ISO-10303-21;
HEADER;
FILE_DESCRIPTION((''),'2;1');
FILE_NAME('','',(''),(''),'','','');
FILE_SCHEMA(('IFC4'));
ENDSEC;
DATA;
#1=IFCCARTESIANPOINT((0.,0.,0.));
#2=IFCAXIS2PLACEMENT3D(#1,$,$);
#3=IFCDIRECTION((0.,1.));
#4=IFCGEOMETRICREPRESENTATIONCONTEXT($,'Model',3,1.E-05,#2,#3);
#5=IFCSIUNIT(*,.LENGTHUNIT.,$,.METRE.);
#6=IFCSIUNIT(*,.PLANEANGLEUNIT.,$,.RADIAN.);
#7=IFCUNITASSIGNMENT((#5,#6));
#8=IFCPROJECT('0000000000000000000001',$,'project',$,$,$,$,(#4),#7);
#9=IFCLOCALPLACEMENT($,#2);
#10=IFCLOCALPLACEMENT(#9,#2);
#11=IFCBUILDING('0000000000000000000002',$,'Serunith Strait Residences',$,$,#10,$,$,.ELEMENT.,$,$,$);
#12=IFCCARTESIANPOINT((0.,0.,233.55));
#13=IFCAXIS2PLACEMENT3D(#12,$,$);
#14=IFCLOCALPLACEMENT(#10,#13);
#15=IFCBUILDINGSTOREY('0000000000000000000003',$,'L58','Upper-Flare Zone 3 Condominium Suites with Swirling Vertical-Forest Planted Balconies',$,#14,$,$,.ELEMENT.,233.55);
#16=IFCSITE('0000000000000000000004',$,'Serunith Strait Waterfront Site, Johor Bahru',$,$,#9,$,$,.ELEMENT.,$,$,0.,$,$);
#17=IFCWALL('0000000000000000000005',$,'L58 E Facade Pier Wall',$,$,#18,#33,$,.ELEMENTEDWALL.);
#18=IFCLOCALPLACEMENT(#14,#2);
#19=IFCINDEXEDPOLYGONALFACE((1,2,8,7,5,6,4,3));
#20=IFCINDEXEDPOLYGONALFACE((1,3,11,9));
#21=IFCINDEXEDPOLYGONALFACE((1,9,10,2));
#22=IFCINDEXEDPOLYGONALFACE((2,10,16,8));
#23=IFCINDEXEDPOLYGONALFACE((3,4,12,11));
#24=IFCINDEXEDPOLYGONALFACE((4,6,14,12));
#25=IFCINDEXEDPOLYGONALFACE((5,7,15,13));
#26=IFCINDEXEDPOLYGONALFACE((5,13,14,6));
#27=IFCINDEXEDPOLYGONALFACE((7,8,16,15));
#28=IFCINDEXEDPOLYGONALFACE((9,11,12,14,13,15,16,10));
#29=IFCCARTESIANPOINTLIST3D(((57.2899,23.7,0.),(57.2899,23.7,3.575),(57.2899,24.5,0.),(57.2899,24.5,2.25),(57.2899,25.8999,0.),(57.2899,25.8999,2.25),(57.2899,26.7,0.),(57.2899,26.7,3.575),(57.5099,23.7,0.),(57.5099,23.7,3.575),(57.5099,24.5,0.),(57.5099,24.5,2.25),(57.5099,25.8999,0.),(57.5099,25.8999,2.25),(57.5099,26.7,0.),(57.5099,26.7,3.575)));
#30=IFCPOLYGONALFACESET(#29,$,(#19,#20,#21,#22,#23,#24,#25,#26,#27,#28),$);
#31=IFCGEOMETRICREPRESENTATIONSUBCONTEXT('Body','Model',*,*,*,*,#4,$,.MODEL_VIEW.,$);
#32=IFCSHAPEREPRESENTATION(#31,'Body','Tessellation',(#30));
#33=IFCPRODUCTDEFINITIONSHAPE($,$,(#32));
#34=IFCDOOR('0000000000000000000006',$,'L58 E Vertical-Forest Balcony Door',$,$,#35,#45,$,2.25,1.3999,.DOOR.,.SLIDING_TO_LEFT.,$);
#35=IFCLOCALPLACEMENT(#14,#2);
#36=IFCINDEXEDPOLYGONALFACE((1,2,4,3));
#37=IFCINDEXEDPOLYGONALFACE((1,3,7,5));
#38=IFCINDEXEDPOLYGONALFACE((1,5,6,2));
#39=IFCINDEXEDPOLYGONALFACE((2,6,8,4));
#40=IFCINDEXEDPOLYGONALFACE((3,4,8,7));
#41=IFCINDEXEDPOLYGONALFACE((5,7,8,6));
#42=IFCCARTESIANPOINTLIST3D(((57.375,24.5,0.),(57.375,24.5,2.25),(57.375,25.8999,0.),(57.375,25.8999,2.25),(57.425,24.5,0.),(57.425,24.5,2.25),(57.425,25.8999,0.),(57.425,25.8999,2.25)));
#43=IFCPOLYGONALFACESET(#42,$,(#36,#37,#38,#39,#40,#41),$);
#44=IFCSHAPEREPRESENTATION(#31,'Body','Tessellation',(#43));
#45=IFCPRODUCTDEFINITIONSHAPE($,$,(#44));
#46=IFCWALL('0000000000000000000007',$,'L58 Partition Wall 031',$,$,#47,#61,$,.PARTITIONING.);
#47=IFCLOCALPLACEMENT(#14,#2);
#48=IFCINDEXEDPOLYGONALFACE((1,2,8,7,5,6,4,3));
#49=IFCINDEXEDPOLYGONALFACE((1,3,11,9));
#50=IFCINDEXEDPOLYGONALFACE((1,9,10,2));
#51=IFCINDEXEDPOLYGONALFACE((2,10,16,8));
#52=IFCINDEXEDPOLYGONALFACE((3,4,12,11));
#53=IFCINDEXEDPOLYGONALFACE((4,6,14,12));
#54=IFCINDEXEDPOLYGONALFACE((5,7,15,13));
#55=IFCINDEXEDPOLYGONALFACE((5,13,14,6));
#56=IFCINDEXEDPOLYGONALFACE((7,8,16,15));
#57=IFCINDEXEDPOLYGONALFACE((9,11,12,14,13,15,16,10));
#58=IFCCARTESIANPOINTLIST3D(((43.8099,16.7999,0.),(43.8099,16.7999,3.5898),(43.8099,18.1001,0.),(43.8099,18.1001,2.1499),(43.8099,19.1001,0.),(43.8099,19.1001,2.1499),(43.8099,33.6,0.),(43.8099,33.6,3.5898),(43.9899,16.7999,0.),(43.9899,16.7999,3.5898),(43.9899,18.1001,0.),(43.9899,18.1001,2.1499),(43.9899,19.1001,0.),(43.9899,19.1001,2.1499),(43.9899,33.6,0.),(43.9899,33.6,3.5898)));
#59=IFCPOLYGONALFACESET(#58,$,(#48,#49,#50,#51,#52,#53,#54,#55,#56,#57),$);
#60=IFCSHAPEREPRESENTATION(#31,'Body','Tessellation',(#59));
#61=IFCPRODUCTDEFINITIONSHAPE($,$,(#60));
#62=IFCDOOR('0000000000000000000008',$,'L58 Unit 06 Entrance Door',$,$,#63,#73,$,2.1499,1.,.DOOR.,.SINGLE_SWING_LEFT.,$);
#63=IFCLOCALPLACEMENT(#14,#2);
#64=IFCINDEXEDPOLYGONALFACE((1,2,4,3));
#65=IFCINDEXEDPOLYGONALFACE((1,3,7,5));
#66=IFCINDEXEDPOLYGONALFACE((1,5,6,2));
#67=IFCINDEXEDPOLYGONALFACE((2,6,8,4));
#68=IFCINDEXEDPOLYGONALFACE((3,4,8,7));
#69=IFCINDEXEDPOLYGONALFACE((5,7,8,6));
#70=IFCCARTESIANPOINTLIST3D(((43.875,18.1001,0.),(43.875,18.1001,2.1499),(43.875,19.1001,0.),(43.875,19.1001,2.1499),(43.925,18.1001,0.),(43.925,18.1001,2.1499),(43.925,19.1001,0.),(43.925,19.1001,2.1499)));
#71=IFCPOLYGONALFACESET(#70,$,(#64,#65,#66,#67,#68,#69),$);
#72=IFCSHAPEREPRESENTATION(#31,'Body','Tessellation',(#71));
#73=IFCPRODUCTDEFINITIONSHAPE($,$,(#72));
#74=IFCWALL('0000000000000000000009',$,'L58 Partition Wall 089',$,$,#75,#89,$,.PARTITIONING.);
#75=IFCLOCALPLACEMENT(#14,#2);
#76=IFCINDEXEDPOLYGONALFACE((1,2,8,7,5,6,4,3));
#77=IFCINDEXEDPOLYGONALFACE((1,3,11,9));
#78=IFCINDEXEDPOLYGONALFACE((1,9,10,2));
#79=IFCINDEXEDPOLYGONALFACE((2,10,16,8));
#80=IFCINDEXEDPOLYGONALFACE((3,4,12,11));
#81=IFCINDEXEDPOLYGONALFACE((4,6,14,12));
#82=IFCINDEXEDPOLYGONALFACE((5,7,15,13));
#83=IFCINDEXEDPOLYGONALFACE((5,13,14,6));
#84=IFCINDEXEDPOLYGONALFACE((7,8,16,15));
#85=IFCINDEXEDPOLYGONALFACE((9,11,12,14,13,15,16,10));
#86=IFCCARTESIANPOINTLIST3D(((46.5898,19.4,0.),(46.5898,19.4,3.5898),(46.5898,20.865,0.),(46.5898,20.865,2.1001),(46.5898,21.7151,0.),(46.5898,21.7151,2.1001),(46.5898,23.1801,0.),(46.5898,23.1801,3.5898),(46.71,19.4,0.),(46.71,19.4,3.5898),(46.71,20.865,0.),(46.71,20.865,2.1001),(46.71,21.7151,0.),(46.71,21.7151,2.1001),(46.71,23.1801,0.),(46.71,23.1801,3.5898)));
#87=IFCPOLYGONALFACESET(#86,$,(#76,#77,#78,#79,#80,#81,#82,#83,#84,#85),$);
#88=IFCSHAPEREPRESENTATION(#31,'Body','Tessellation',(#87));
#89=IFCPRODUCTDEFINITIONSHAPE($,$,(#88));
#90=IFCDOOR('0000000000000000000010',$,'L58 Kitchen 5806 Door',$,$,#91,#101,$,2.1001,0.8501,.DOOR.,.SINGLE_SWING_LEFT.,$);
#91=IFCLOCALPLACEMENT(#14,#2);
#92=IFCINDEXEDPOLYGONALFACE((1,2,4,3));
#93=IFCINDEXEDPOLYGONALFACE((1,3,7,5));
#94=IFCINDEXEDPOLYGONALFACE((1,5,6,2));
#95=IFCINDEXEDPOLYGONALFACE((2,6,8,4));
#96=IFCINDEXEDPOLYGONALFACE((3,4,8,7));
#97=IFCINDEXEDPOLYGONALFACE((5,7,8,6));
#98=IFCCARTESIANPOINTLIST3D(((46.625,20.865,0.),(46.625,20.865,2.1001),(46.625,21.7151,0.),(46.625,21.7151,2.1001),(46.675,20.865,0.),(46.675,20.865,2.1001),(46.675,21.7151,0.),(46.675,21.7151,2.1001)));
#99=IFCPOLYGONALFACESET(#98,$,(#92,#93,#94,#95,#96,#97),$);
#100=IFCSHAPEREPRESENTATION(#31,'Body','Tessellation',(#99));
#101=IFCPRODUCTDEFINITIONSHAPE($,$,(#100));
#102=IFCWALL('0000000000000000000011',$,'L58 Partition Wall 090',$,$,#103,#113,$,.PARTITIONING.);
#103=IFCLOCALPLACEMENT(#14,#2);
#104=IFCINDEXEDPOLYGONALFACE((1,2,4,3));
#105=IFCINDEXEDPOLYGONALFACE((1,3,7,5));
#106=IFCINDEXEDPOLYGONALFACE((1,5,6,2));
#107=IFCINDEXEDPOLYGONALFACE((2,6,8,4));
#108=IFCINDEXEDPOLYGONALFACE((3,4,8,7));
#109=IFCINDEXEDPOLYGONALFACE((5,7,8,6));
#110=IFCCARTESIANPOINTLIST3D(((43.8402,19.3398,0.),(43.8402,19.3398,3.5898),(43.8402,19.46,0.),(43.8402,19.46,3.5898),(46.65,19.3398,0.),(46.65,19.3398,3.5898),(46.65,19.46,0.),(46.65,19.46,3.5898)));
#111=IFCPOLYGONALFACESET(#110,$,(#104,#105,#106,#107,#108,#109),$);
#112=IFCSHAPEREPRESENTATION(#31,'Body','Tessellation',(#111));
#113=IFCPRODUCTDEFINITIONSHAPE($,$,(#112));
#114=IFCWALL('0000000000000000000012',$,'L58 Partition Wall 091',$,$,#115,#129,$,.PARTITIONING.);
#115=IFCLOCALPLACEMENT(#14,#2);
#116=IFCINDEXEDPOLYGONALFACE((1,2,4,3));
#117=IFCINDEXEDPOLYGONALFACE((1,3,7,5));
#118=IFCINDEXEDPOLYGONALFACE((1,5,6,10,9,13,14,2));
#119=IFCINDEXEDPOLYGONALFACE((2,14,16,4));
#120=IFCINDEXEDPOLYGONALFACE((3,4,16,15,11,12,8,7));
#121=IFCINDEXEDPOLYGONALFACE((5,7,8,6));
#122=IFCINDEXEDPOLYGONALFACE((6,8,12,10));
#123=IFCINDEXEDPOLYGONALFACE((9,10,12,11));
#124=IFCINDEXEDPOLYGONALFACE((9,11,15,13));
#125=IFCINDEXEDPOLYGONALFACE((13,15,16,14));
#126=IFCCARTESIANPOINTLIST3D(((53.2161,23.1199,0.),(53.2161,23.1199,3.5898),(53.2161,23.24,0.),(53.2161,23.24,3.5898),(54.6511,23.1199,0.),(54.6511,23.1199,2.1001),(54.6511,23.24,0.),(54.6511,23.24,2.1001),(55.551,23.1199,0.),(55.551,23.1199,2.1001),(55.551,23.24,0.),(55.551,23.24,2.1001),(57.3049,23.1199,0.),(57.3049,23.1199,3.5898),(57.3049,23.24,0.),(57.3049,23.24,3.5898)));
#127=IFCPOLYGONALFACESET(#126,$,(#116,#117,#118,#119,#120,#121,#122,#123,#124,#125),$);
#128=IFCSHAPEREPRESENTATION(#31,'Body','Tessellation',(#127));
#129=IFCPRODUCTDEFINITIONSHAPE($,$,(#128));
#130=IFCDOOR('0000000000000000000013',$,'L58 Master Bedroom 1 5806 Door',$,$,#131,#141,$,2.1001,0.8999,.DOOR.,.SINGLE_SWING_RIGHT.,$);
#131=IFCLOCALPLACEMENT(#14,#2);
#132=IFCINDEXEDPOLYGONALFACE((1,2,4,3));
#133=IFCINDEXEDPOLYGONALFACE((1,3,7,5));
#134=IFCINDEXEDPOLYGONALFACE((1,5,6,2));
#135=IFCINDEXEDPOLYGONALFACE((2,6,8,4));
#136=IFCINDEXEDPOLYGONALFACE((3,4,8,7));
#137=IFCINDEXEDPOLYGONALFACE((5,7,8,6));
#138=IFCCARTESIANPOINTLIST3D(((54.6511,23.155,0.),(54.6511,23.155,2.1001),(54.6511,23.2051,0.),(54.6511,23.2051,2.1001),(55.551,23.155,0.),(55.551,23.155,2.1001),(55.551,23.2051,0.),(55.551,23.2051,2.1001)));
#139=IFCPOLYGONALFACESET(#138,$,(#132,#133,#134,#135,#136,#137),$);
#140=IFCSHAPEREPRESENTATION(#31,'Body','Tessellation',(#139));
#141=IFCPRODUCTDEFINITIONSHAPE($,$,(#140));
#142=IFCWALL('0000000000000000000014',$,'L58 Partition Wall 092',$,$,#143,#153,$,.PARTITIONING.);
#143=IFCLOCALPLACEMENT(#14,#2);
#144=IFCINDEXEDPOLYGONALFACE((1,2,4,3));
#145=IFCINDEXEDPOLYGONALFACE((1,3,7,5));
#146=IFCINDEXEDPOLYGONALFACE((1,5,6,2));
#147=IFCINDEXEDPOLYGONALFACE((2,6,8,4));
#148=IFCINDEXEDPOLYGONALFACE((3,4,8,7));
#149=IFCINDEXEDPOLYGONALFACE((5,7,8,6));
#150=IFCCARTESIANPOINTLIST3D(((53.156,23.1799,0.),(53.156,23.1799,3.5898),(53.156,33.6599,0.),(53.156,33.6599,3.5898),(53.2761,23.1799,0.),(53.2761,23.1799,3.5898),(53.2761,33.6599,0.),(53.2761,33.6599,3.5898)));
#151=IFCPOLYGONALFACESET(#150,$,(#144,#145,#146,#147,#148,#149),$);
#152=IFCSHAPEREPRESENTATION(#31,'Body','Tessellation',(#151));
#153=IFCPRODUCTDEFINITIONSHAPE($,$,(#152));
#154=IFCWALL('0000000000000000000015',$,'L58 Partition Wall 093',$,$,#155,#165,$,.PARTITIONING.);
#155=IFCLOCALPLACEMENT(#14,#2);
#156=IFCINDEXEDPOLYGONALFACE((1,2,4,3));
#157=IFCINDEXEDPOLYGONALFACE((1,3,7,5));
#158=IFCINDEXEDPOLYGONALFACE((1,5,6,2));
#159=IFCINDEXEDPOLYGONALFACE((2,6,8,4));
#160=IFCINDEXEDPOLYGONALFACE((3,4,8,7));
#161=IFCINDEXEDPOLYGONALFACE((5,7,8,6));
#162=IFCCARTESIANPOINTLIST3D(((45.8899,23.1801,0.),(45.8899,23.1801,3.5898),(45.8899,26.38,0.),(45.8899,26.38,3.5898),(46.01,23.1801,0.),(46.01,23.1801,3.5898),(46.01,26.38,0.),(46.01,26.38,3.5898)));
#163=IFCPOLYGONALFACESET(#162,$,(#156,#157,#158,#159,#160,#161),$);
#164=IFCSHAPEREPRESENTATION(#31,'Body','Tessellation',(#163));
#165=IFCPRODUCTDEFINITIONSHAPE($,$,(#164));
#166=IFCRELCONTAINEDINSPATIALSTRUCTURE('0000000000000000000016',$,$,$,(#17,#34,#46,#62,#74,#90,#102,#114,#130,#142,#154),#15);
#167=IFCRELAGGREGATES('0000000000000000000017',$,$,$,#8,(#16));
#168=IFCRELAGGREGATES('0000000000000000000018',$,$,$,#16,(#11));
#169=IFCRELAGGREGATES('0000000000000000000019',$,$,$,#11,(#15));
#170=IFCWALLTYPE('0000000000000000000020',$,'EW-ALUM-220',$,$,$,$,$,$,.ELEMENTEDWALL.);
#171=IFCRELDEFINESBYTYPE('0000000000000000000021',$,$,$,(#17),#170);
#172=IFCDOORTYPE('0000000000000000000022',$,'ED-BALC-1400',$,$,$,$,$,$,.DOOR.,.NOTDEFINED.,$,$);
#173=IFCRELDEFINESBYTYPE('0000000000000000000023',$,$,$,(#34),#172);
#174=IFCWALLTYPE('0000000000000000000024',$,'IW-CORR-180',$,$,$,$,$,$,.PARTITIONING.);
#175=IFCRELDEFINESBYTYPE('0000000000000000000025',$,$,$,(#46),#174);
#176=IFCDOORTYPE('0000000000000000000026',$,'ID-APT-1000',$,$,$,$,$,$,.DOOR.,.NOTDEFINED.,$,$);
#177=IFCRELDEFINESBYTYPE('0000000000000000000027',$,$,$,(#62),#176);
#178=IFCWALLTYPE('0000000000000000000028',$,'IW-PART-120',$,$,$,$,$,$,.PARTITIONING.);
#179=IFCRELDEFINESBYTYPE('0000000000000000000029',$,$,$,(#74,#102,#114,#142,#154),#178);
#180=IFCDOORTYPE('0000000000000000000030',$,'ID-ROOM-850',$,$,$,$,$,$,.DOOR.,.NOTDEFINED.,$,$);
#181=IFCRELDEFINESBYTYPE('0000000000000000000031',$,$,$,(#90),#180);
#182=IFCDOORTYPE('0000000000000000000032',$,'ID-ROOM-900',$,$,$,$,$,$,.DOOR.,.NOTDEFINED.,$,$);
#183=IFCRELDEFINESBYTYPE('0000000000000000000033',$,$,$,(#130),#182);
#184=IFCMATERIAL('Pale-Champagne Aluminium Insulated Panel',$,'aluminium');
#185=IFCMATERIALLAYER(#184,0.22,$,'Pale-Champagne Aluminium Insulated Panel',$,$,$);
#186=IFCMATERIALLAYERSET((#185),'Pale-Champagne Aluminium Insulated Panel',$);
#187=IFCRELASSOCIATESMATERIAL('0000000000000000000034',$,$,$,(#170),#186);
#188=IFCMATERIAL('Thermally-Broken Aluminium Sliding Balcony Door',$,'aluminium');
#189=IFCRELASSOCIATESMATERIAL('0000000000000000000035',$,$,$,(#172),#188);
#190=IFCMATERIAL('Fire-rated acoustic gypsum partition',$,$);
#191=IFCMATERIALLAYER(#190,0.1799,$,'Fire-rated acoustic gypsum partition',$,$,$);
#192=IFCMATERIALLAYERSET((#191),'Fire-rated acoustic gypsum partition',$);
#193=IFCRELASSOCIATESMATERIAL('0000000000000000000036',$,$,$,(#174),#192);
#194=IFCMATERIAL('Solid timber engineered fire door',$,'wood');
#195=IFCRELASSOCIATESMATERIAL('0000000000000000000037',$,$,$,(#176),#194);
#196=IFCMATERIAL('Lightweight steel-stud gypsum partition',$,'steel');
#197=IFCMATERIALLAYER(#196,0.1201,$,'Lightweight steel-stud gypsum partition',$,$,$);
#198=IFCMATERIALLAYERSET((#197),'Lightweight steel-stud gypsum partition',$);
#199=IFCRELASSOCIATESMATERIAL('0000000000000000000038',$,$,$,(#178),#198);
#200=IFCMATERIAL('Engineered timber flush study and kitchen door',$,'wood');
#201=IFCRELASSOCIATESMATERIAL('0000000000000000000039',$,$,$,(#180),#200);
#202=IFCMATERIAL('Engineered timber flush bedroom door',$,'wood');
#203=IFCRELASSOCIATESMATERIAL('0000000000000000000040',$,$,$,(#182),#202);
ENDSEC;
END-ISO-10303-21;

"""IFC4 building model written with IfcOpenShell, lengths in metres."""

from ifc_helpers import new_model, si_unit, direction, frame, frame_2d, origin, place, context, subcontext, project, spatial, rectangle, extrude, source, transform, mapped, material, layer, layer_set, type_object, element, fill, save


model = new_model("IFC4")

# Units and contexts
model_context = context("Model", 3, precision=1e-05, world=origin(), true_north=direction((0.0, 1.0)))
body_context = subcontext(model_context, "Body", "Model", "MODEL_VIEW")
ifc_project = project(units=[si_unit("LENGTHUNIT", "METRE"), si_unit("PLANEANGLEUNIT", "RADIAN")], contexts=[model_context])

# Site, building, storey
site_placement = place(None, origin())
site = spatial("IfcSite", under=ifc_project, at=site_placement, Name="Serunith Strait Waterfront Site, Johor Bahru", CompositionType="ELEMENT", RefElevation=0.0)
building_placement = place(site_placement, origin())
building = spatial("IfcBuilding", under=site, at=building_placement, Name="Serunith Strait Residences", CompositionType="ELEMENT")
storey_placement = place(building_placement, frame((0.0, 0.0, 233.55)))
storey = spatial("IfcBuildingStorey", under=building, at=storey_placement, Name="L58", Description="Upper-Flare Zone 3 Condominium Suites with Swirling Vertical-Forest Planted Balconies", CompositionType="ELEMENT", Elevation=233.55)

# Walls, openings, doors
ifc_material_1 = material(Name="Pale-Champagne Aluminium Insulated Panel", Category="aluminium")
ifc_layer_1 = layer(ifc_material_1, 0.22, Name="Pale-Champagne Aluminium Insulated Panel")
ifc_layer_set_1 = layer_set([ifc_layer_1], Name="Pale-Champagne Aluminium Insulated Panel")
wall_type_1 = type_object("IfcWallType", Name="EW-ALUM-220", PredefinedType="ELEMENTEDWALL", material=ifc_layer_set_1)
wall_1_placement = place(storey_placement, frame((57.3999, 23.7, 0.0), z_axis=(0.0, 0.0, 1.0), x_axis=(0.0, 1.0, 0.0)))
wall_1 = element("IfcWall", 1, at=wall_1_placement, inside=storey, type_object=wall_type_1, Name="L58 E Facade Pier Wall", PredefinedType="ELEMENTEDWALL", context=body_context, shape_type="SweptSolid", body=[
    extrude(rectangle(XDim=3.0, YDim=0.22, at=frame_2d((1.5, 0.0))), origin(), (0.0, 0.0, 1.0), 3.575),
])
opening_1_placement = place(wall_1_placement, frame((0.8, 0.0, 0.0)))
opening_1 = element("IfcOpeningElement", 2, at=opening_1_placement, cuts=wall_1, PredefinedType="OPENING", context=body_context, shape_type="SweptSolid", body=[
    extrude(rectangle(XDim=1.3999, YDim=2.25, at=frame_2d((0.7, 1.125))), frame((0.0, 0.1201, 0.0), z_axis=(0.0, -1.0, 0.0), x_axis=(1.0, 0.0, 0.0)), (0.0, 0.0, 1.0), 0.24),
])
ifc_material_2 = material(Name="Thermally-Broken Aluminium Sliding Balcony Door", Category="aluminium")
door_type_1 = type_object("IfcDoorType", Name="ED-BALC-1400", OperationType="NOTDEFINED", PredefinedType="DOOR", material=ifc_material_2)
shared_shape_1 = source(origin(), body_context, "Body", "SweptSolid", [
    extrude(rectangle(XDim=1.3999, YDim=2.25, at=frame_2d((0.7, 1.125))), frame((0.0, 0.0249, 0.0), z_axis=(0.0, -1.0, 0.0), x_axis=(1.0, 0.0, 0.0)), (0.0, 0.0, 1.0), 0.05),
])
door_1_placement = place(opening_1_placement, origin())
door_1 = element("IfcDoor", 3, at=door_1_placement, inside=storey, type_object=door_type_1, Name="L58 E Vertical-Forest Balcony Door", OperationType="SLIDING_TO_LEFT", OverallHeight=2.25, OverallWidth=1.3999, PredefinedType="DOOR", context=body_context, shape_type="MappedRepresentation", body=[
    mapped(shared_shape_1, transform((0.0, 0.0, 0.0), scale=1.0)),
])
fill(opening_1, door_1)
ifc_material_3 = material(Name="Fire-rated acoustic gypsum partition")
ifc_layer_2 = layer(ifc_material_3, 0.1799, Name="Fire-rated acoustic gypsum partition")
ifc_layer_set_2 = layer_set([ifc_layer_2], Name="Fire-rated acoustic gypsum partition")
wall_type_2 = type_object("IfcWallType", Name="IW-CORR-180", PredefinedType="PARTITIONING", material=ifc_layer_set_2)
wall_2_placement = place(storey_placement, frame((43.8999, 16.8, 0.0), z_axis=(0.0, 0.0, 1.0), x_axis=(0.0, 1.0, 0.0)))
wall_2 = element("IfcWall", 4, at=wall_2_placement, inside=storey, type_object=wall_type_2, Name="L58 Partition Wall 031", PredefinedType="PARTITIONING", context=body_context, shape_type="SweptSolid", body=[
    extrude(rectangle(XDim=16.8, YDim=0.1799, at=frame_2d((8.3999, 0.0))), origin(), (0.0, 0.0, 1.0), 3.5898),
])
opening_2_placement = place(wall_2_placement, frame((1.3, 0.0, 0.0)))
opening_2 = element("IfcOpeningElement", 5, at=opening_2_placement, cuts=wall_2, PredefinedType="OPENING", context=body_context, shape_type="SweptSolid", body=[
    extrude(rectangle(XDim=1.0, YDim=2.1499, at=frame_2d((0.5, 1.075))), frame((0.0, 0.1001, 0.0), z_axis=(0.0, -1.0, 0.0), x_axis=(1.0, 0.0, 0.0)), (0.0, 0.0, 1.0), 0.2),
])
ifc_material_4 = material(Name="Solid timber engineered fire door", Category="wood")
door_type_2 = type_object("IfcDoorType", Name="ID-APT-1000", OperationType="NOTDEFINED", PredefinedType="DOOR", material=ifc_material_4)
shared_shape_2 = source(origin(), body_context, "Body", "SweptSolid", [
    extrude(rectangle(XDim=1.0, YDim=2.1499, at=frame_2d((0.5, 1.075))), frame((0.0, 0.0249, 0.0), z_axis=(0.0, -1.0, 0.0), x_axis=(1.0, 0.0, 0.0)), (0.0, 0.0, 1.0), 0.05),
])
door_2_placement = place(opening_2_placement, origin())
door_2 = element("IfcDoor", 6, at=door_2_placement, inside=storey, type_object=door_type_2, Name="L58 Unit 06 Entrance Door", OperationType="SINGLE_SWING_LEFT", OverallHeight=2.1499, OverallWidth=1.0, PredefinedType="DOOR", context=body_context, shape_type="MappedRepresentation", body=[
    mapped(shared_shape_2, transform((0.0, 0.0, 0.0), scale=1.0)),
])
fill(opening_2, door_2)
ifc_material_5 = material(Name="Lightweight steel-stud gypsum partition", Category="steel")
ifc_layer_3 = layer(ifc_material_5, 0.1201, Name="Lightweight steel-stud gypsum partition")
ifc_layer_set_3 = layer_set([ifc_layer_3], Name="Lightweight steel-stud gypsum partition")
wall_type_3 = type_object("IfcWallType", Name="IW-PART-120", PredefinedType="PARTITIONING", material=ifc_layer_set_3)
wall_3_placement = place(storey_placement, frame((46.6499, 19.3999, 0.0), z_axis=(0.0, 0.0, 1.0), x_axis=(0.0, 1.0, 0.0)))
wall_3 = element("IfcWall", 7, at=wall_3_placement, inside=storey, type_object=wall_type_3, Name="L58 Partition Wall 089", PredefinedType="PARTITIONING", context=body_context, shape_type="SweptSolid", body=[
    extrude(rectangle(XDim=3.78, YDim=0.1201, at=frame_2d((1.8901, 0.0))), origin(), (0.0, 0.0, 1.0), 3.5898),
])
opening_3_placement = place(wall_3_placement, frame((1.4651, 0.0, 0.0)))
opening_3 = element("IfcOpeningElement", 8, at=opening_3_placement, cuts=wall_3, PredefinedType="OPENING", context=body_context, shape_type="SweptSolid", body=[
    extrude(rectangle(XDim=0.8501, YDim=2.1001, at=frame_2d((0.425, 1.05))), frame((0.0, 0.0701, 0.0), z_axis=(0.0, -1.0, 0.0), x_axis=(1.0, 0.0, 0.0)), (0.0, 0.0, 1.0), 0.1401),
])
ifc_material_6 = material(Name="Engineered timber flush study and kitchen door", Category="wood")
door_type_3 = type_object("IfcDoorType", Name="ID-ROOM-850", OperationType="NOTDEFINED", PredefinedType="DOOR", material=ifc_material_6)
shared_shape_3 = source(origin(), body_context, "Body", "SweptSolid", [
    extrude(rectangle(XDim=0.8501, YDim=2.1001, at=frame_2d((0.425, 1.05))), frame((0.0, 0.0249, 0.0), z_axis=(0.0, -1.0, 0.0), x_axis=(1.0, 0.0, 0.0)), (0.0, 0.0, 1.0), 0.05),
])
door_3_placement = place(opening_3_placement, origin())
door_3 = element("IfcDoor", 9, at=door_3_placement, inside=storey, type_object=door_type_3, Name="L58 Kitchen 5806 Door", OperationType="SINGLE_SWING_LEFT", OverallHeight=2.1001, OverallWidth=0.8501, PredefinedType="DOOR", context=body_context, shape_type="MappedRepresentation", body=[
    mapped(shared_shape_3, transform((0.0, 0.0, 0.0), scale=1.0)),
])
fill(opening_3, door_3)

# Wall
wall_4_placement = place(storey_placement, frame((46.6499, 19.3999, 0.0), z_axis=(0.0, 0.0, 1.0), x_axis=(-1.0, 0.0, 0.0)))
element("IfcWall", 10, at=wall_4_placement, inside=storey, type_object=wall_type_3, Name="L58 Partition Wall 090", PredefinedType="PARTITIONING", context=body_context, shape_type="SweptSolid", body=[
    extrude(rectangle(XDim=2.8098, YDim=0.1201, at=frame_2d((1.4048, 0.0))), origin(), (0.0, 0.0, 1.0), 3.5898),
])

# Wall, opening, door
wall_5_placement = place(storey_placement, frame((57.3049, 23.1799, 0.0), z_axis=(0.0, 0.0, 1.0), x_axis=(-1.0, 0.0, 0.0)))
wall_5 = element("IfcWall", 11, at=wall_5_placement, inside=storey, type_object=wall_type_3, Name="L58 Partition Wall 091", PredefinedType="PARTITIONING", context=body_context, shape_type="SweptSolid", body=[
    extrude(rectangle(XDim=4.0889, YDim=0.1201, at=frame_2d((2.0444, 0.0))), origin(), (0.0, 0.0, 1.0), 3.5898),
])
opening_4_placement = place(wall_5_placement, frame((1.7539, 0.0, 0.0)))
opening_4 = element("IfcOpeningElement", 12, at=opening_4_placement, cuts=wall_5, PredefinedType="OPENING", context=body_context, shape_type="SweptSolid", body=[
    extrude(rectangle(XDim=0.8999, YDim=2.1001, at=frame_2d((0.45, 1.05))), frame((0.0, 0.0701, 0.0), z_axis=(0.0, -1.0, 0.0), x_axis=(1.0, 0.0, 0.0)), (0.0, 0.0, 1.0), 0.1401),
])
ifc_material_7 = material(Name="Engineered timber flush bedroom door", Category="wood")
door_type_4 = type_object("IfcDoorType", Name="ID-ROOM-900", OperationType="NOTDEFINED", PredefinedType="DOOR", material=ifc_material_7)
shared_shape_4 = source(origin(), body_context, "Body", "SweptSolid", [
    extrude(rectangle(XDim=0.8999, YDim=2.1001, at=frame_2d((0.45, 1.05))), frame((0.0, 0.0249, 0.0), z_axis=(0.0, -1.0, 0.0), x_axis=(1.0, 0.0, 0.0)), (0.0, 0.0, 1.0), 0.05),
])
door_4_placement = place(opening_4_placement, origin())
door_4 = element("IfcDoor", 13, at=door_4_placement, inside=storey, type_object=door_type_4, Name="L58 Master Bedroom 1 5806 Door", OperationType="SINGLE_SWING_RIGHT", OverallHeight=2.1001, OverallWidth=0.8999, PredefinedType="DOOR", context=body_context, shape_type="MappedRepresentation", body=[
    mapped(shared_shape_4, transform((0.0, 0.0, 0.0), scale=1.0)),
])
fill(opening_4, door_4)

# Walls
wall_6_placement = place(storey_placement, frame((53.2161, 23.1799, 0.0), z_axis=(0.0, 0.0, 1.0), x_axis=(0.0, 1.0, 0.0)))
element("IfcWall", 14, at=wall_6_placement, inside=storey, type_object=wall_type_3, Name="L58 Partition Wall 092", PredefinedType="PARTITIONING", context=body_context, shape_type="SweptSolid", body=[
    extrude(rectangle(XDim=10.48, YDim=0.1201, at=frame_2d((5.24, 0.0))), origin(), (0.0, 0.0, 1.0), 3.5898),
])
wall_7_placement = place(storey_placement, frame((45.95, 23.1799, 0.0), z_axis=(0.0, 0.0, 1.0), x_axis=(0.0, 1.0, 0.0)))
element("IfcWall", 15, at=wall_7_placement, inside=storey, type_object=wall_type_3, Name="L58 Partition Wall 093", PredefinedType="PARTITIONING", context=body_context, shape_type="SweptSolid", body=[
    extrude(rectangle(XDim=3.2, YDim=0.1201, at=frame_2d((1.6001, 0.0))), origin(), (0.0, 0.0, 1.0), 3.5898),
])

save(model, "model.ifc")
